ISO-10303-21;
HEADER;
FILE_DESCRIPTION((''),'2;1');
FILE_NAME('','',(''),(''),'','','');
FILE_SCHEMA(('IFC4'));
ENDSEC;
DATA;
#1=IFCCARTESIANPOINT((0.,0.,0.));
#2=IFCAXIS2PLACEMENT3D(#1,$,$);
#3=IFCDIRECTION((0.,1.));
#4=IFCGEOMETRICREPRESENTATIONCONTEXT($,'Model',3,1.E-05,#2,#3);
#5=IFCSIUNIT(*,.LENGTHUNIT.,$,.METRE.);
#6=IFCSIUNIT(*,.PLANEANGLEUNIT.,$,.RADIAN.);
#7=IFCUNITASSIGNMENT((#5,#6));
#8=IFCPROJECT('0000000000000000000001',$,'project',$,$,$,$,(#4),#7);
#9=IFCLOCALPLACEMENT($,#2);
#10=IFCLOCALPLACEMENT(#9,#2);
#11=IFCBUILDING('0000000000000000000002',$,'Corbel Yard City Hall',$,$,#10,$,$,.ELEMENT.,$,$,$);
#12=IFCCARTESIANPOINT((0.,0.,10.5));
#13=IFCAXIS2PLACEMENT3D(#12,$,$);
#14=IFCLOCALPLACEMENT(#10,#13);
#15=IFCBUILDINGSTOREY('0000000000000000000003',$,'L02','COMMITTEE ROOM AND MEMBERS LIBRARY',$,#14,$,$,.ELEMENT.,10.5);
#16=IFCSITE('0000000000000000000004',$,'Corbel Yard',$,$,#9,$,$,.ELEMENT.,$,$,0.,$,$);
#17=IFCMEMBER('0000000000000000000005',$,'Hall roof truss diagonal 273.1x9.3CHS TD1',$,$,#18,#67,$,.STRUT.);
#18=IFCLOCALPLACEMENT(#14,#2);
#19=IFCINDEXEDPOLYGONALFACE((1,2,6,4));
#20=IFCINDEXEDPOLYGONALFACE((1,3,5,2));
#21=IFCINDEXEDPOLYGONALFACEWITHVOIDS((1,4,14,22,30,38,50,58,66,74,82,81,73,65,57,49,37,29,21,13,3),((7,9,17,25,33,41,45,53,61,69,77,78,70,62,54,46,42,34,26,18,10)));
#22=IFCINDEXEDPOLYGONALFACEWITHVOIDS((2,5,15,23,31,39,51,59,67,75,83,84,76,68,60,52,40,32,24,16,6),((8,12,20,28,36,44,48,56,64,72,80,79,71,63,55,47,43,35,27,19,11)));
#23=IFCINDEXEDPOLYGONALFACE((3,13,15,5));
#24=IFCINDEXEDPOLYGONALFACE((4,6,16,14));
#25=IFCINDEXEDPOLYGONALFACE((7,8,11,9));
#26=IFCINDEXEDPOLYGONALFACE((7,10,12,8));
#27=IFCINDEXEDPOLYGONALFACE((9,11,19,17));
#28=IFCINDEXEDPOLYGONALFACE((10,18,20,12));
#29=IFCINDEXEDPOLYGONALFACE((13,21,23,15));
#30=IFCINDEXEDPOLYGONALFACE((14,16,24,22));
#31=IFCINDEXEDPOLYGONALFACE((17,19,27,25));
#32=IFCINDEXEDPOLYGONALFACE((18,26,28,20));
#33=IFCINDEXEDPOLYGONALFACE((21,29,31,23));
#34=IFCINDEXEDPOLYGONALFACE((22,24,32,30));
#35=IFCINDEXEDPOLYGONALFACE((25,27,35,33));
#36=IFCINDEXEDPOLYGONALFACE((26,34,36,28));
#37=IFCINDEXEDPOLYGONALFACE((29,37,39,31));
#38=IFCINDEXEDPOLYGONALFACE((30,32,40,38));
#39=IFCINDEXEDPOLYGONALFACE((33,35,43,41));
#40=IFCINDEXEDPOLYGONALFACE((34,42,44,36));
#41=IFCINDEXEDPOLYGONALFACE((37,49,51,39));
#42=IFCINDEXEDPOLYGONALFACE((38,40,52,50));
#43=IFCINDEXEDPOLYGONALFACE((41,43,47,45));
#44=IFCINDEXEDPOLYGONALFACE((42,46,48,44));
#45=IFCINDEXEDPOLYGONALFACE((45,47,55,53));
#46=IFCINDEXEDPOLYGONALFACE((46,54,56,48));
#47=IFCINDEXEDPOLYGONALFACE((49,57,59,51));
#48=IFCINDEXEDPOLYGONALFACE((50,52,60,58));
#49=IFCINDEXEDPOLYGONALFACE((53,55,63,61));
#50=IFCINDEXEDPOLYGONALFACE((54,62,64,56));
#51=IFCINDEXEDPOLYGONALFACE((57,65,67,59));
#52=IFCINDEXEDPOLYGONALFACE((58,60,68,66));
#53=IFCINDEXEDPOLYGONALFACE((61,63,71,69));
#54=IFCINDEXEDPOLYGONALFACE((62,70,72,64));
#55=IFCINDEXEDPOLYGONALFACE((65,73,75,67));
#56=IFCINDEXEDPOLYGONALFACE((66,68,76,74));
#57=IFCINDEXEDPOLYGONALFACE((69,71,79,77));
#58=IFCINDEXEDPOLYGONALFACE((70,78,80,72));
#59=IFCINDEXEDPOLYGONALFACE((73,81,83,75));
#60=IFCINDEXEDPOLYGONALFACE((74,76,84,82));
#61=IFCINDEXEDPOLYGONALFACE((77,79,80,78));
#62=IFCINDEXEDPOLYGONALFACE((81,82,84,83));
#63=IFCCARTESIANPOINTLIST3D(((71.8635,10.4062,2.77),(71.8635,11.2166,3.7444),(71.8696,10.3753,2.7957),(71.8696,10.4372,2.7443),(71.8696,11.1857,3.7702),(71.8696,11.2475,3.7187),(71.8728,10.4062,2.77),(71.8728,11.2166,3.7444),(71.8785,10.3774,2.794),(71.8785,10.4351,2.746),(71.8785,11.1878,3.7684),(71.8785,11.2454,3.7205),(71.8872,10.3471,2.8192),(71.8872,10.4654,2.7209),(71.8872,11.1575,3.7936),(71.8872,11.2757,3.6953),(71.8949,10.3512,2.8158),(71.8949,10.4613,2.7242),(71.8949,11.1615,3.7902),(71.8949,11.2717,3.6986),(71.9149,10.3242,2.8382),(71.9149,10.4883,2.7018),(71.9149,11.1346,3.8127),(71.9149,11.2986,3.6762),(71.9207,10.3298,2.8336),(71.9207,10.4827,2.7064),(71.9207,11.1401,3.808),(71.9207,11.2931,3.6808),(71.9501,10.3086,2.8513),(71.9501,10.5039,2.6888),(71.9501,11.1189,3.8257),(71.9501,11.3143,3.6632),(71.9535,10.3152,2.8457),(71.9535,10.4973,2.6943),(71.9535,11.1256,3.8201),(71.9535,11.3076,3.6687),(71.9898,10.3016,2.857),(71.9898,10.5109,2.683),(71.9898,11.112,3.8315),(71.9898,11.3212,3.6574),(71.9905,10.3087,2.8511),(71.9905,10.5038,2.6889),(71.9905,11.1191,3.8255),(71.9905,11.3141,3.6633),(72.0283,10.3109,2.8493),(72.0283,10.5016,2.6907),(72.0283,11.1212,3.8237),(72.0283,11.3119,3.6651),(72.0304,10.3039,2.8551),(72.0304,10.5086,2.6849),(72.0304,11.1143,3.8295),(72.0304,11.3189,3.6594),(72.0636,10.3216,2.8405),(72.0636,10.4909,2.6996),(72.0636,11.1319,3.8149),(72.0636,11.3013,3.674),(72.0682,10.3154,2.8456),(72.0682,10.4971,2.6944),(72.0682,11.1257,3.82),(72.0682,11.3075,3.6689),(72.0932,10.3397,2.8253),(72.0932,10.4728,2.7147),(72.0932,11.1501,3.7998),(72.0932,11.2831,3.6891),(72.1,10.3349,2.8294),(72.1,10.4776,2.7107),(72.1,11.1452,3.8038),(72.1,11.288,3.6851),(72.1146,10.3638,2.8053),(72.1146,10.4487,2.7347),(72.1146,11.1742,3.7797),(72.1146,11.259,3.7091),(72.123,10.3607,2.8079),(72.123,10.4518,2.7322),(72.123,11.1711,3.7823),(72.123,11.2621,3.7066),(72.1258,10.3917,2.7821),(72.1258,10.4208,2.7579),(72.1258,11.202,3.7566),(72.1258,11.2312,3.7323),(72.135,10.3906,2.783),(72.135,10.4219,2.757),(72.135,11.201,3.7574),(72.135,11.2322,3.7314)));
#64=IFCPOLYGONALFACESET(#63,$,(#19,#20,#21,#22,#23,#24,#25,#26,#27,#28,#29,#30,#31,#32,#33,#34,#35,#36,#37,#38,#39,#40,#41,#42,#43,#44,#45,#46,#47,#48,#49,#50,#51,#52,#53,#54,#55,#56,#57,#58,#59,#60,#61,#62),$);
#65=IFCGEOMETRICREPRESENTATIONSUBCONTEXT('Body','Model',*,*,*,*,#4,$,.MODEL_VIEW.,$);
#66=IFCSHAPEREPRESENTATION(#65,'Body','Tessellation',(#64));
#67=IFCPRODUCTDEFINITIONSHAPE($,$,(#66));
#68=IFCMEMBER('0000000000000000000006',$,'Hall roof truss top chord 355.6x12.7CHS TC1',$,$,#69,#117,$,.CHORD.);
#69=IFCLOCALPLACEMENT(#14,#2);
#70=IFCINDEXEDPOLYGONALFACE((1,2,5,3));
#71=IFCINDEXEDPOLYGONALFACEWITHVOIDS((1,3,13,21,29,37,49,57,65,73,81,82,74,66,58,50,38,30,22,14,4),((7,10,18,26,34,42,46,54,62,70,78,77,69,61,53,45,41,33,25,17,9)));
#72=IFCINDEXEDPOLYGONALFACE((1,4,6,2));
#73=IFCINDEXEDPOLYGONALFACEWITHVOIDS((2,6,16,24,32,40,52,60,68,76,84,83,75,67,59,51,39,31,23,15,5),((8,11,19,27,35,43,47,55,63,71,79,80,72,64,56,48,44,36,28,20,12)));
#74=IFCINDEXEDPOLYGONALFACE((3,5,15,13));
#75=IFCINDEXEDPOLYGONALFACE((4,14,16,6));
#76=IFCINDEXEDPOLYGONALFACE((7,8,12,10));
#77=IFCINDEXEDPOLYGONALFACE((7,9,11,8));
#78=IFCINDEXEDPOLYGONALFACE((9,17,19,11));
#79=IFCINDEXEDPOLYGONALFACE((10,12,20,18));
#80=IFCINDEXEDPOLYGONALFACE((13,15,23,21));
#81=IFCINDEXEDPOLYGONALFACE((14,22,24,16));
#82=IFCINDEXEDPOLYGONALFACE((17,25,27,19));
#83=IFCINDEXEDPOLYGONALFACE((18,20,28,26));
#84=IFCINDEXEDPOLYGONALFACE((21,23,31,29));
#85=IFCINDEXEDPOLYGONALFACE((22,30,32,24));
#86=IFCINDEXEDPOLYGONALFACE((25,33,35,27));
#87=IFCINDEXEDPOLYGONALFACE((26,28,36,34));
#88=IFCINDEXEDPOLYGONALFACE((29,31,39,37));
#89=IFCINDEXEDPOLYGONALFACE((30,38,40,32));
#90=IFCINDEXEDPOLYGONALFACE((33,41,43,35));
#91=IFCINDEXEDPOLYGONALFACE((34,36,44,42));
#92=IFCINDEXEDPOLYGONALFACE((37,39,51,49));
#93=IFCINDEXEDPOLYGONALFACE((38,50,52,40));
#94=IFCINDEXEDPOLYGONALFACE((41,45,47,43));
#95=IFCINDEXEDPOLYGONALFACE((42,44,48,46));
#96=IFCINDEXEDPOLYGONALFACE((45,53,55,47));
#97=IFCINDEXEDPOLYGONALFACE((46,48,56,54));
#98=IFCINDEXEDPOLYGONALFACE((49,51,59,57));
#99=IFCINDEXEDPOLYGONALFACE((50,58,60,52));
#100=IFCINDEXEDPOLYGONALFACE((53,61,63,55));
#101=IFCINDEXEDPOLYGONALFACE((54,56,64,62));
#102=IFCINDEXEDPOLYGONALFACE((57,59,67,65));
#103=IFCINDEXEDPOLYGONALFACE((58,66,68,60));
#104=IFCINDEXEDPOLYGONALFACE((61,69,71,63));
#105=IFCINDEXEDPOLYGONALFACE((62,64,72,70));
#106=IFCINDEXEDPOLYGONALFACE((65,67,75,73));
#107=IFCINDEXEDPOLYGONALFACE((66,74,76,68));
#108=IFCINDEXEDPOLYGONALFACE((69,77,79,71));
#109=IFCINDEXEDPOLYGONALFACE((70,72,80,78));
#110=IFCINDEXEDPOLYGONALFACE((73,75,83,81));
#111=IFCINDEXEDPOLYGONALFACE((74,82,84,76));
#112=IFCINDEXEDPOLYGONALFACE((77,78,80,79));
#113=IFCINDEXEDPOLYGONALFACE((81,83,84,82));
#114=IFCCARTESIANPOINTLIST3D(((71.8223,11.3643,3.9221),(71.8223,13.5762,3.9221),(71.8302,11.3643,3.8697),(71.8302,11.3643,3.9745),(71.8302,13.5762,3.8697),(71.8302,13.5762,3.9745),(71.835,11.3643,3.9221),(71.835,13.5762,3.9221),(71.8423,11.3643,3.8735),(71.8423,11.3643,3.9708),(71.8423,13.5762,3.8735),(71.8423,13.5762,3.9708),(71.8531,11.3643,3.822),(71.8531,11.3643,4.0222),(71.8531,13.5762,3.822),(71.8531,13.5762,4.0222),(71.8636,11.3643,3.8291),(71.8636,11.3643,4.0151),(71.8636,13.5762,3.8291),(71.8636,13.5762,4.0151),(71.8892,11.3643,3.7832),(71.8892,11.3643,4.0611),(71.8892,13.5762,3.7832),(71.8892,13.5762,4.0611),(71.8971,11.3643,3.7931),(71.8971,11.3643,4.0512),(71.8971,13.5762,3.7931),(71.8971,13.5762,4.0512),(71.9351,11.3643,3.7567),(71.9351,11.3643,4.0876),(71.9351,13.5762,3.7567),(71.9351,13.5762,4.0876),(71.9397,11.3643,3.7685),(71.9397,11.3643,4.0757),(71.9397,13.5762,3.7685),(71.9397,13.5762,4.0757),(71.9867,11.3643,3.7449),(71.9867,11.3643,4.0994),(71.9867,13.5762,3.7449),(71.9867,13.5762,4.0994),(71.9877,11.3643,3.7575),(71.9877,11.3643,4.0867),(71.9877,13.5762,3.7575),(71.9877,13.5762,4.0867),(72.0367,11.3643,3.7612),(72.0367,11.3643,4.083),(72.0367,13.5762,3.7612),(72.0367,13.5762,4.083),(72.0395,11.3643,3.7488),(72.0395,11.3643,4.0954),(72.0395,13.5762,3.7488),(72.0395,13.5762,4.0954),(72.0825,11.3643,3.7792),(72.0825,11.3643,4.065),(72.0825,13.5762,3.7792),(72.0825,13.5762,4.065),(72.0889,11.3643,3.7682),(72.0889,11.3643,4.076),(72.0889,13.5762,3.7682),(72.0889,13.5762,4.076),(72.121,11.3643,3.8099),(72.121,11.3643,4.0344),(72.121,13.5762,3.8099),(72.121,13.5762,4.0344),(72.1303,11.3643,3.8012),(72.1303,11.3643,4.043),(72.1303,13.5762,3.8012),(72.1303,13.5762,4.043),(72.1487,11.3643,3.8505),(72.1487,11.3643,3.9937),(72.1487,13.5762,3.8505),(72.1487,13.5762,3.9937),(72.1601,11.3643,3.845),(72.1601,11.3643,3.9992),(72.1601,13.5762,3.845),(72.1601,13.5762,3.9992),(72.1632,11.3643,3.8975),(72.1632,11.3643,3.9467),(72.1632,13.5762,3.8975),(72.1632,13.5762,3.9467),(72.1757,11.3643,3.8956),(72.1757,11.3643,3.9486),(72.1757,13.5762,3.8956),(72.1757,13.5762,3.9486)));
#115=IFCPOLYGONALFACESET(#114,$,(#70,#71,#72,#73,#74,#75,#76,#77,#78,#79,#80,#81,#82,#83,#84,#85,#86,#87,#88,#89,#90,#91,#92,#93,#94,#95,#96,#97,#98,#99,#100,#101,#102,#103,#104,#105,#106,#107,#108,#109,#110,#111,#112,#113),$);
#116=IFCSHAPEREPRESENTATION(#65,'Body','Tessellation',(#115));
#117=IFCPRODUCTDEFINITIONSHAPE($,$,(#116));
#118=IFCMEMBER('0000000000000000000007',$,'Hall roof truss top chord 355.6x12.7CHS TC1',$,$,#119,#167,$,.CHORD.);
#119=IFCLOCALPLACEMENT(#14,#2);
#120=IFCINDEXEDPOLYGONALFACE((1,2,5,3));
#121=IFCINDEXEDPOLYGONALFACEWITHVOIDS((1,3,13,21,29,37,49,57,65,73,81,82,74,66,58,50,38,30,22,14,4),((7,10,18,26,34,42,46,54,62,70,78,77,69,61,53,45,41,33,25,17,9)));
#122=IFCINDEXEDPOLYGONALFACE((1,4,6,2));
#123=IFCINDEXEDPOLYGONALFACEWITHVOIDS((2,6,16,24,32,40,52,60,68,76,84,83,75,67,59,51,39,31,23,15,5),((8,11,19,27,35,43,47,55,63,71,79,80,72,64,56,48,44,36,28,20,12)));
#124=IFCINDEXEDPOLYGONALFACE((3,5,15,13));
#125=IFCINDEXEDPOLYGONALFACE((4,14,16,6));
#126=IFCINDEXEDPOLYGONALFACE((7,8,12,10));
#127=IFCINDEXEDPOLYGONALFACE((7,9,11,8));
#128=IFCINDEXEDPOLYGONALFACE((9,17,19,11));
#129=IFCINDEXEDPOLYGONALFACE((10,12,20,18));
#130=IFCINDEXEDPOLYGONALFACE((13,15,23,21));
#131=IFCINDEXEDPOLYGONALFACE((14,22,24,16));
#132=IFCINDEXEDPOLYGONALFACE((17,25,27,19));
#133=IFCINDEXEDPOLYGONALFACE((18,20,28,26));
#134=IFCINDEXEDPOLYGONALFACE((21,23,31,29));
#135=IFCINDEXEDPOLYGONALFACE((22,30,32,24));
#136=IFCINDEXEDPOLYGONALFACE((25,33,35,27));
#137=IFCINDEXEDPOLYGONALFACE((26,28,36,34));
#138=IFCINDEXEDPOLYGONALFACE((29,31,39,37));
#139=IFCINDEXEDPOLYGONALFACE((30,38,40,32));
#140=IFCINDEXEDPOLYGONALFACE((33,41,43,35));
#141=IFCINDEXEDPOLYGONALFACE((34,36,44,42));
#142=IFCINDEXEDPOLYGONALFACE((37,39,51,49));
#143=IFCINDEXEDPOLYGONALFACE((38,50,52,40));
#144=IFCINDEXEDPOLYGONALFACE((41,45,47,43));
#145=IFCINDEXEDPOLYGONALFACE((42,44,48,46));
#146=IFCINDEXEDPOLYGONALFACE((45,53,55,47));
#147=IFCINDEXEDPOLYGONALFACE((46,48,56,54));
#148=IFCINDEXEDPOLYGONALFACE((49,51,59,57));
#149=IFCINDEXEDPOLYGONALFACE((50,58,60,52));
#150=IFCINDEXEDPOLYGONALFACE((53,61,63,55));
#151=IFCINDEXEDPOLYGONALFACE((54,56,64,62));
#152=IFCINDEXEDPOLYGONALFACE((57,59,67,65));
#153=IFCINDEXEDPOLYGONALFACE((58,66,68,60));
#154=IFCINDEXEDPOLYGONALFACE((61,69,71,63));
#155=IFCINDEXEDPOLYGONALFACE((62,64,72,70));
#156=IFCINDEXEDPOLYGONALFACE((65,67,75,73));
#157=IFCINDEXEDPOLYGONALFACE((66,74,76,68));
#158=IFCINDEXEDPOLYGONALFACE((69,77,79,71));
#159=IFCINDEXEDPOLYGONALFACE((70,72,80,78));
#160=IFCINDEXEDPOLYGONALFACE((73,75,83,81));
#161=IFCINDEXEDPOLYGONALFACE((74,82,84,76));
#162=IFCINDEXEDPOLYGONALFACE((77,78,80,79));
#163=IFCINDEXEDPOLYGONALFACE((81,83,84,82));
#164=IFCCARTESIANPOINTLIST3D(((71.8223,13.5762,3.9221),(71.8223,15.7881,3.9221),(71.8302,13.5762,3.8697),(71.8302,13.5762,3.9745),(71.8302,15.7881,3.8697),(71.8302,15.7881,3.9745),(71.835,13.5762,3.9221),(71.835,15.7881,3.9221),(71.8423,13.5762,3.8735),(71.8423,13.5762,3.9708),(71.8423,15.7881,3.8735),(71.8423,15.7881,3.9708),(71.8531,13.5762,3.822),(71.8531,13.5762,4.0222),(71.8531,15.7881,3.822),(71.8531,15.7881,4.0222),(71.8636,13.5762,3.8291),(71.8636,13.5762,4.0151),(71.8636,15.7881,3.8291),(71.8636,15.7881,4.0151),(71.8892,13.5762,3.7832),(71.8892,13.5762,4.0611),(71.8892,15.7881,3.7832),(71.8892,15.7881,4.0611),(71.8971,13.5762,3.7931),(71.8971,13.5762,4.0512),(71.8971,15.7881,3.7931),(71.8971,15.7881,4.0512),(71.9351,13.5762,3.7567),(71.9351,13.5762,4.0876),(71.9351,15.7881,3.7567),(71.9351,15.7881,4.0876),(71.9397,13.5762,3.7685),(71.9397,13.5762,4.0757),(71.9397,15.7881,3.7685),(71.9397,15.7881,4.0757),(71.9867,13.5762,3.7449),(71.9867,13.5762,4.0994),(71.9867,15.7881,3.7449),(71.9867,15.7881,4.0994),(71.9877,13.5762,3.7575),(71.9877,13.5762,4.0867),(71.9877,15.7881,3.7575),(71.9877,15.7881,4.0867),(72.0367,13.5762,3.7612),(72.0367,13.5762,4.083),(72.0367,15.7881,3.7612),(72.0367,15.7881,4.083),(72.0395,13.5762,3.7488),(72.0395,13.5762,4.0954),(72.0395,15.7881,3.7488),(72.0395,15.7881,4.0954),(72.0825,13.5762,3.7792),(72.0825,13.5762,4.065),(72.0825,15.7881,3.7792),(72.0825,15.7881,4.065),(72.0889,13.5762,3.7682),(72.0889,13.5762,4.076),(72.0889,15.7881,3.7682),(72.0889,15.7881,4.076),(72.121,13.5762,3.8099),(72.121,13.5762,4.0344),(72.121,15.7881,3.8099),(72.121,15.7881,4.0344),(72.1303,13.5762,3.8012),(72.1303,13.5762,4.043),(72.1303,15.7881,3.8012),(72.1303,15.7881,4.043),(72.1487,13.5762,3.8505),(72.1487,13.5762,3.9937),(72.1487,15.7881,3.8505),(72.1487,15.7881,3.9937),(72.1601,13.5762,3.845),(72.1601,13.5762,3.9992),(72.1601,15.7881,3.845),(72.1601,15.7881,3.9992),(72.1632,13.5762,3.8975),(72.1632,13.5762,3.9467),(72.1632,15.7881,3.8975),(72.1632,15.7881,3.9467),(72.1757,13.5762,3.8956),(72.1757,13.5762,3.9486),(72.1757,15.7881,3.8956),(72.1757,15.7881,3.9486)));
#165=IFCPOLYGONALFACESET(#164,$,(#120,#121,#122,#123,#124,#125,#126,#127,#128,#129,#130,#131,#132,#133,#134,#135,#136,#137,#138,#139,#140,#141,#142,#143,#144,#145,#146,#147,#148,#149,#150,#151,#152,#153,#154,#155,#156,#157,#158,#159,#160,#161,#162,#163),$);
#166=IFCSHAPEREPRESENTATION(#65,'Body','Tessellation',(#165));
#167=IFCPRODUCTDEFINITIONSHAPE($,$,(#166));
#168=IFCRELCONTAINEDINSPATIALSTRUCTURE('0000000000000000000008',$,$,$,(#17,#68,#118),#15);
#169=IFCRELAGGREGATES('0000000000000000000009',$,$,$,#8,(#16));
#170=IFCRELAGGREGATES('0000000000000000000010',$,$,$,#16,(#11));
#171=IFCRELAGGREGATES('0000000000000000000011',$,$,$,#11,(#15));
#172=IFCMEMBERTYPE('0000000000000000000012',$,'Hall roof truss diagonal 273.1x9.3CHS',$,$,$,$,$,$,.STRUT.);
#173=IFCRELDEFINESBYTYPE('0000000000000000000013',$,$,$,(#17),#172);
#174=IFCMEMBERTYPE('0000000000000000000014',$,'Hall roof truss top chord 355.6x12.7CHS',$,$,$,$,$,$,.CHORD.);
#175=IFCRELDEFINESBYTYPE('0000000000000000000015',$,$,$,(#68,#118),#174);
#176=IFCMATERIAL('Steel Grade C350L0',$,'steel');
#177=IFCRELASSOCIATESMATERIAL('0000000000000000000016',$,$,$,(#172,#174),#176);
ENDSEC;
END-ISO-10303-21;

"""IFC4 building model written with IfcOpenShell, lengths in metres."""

from ifc_helpers import new_model, si_unit, direction, frame, origin, origin_2d, place, context, subcontext, project, spatial, hollow_circle, extrude, material, material_profile, profile_set, type_object, element, save


model = new_model("IFC4")

# Units and contexts
model_context = context("Model", 3, precision=1e-05, world=origin(), true_north=direction((0.0, 1.0)))
body_context = subcontext(model_context, "Body", "Model", "MODEL_VIEW")
ifc_project = project(units=[si_unit("LENGTHUNIT", "METRE"), si_unit("PLANEANGLEUNIT", "RADIAN")], contexts=[model_context])

# Site, building, storey
site_placement = place(None, origin())
site = spatial("IfcSite", under=ifc_project, at=site_placement, Name="Corbel Yard", CompositionType="ELEMENT", RefElevation=0.0)
building_placement = place(site_placement, origin())
building = spatial("IfcBuilding", under=site, at=building_placement, Name="Corbel Yard City Hall", CompositionType="ELEMENT")
storey_placement = place(building_placement, frame((0.0, 0.0, 10.5)))
storey = spatial("IfcBuildingStorey", under=building, at=storey_placement, Name="L02", Description="COMMITTEE ROOM AND MEMBERS LIBRARY", CompositionType="ELEMENT", Elevation=10.5)

# Members
ifc_material_1 = material(Name="Steel Grade C350L0", Category="steel")
ifc_material_profile_1 = material_profile(ifc_material_1, hollow_circle(Radius=0.1365, WallThickness=0.0093, at=origin_2d()), Name="273.1x9.3CHS")
ifc_profile_set_1 = profile_set([ifc_material_profile_1], Name="Steel Grade C350L0")
member_type_1 = type_object("IfcMemberType", Name="Hall roof truss diagonal 273.1x9.3CHS", PredefinedType="STRUT", material=ifc_profile_set_1)
member_1_placement = place(storey_placement, frame((72.0, 10.4062, 2.77), z_axis=(0.0, 0.639407, 0.768868), x_axis=(-1.0, 0.0, 0.0)))
element("IfcMember", 1, at=member_1_placement, inside=storey, type_object=member_type_1, Name="Hall roof truss diagonal 273.1x9.3CHS TD1", PredefinedType="STRUT", context=body_context, shape_type="SweptSolid", body=[
    extrude(hollow_circle(Radius=0.1365, WallThickness=0.0093, at=origin_2d()), origin(), (0.0, 0.0, 1.0), 1.2673),
])
ifc_material_profile_2 = material_profile(ifc_material_1, hollow_circle(Radius=0.1777, WallThickness=0.0127, at=origin_2d()), Name="355.6x12.7CHS")
ifc_profile_set_2 = profile_set([ifc_material_profile_2], Name="Steel Grade C350L0")
member_type_2 = type_object("IfcMemberType", Name="Hall roof truss top chord 355.6x12.7CHS", PredefinedType="CHORD", material=ifc_profile_set_2)
for number, where, z_axis, x_axis, name in (
    (2, (72.0, 11.3643, 3.9221), (0.0, 1.0, 0.0), (-1.0, 0.0, 0.0), "Hall roof truss top chord 355.6x12.7CHS TC1"),
    (3, (72.0, 13.5762, 3.9221), (0.0, 1.0, 0.0), (-1.0, 0.0, 0.0), "Hall roof truss top chord 355.6x12.7CHS TC1"),
):
    element("IfcMember", number, at=place(storey_placement, frame(where, z_axis=z_axis, x_axis=x_axis)), inside=storey, type_object=member_type_2, Name=name, PredefinedType="CHORD", context=body_context, shape_type="SweptSolid", body=[
        extrude(hollow_circle(Radius=0.1777, WallThickness=0.0127, at=origin_2d()), origin(), (0.0, 0.0, 1.0), 2.2119),
    ])

save(model, "model.ifc")
